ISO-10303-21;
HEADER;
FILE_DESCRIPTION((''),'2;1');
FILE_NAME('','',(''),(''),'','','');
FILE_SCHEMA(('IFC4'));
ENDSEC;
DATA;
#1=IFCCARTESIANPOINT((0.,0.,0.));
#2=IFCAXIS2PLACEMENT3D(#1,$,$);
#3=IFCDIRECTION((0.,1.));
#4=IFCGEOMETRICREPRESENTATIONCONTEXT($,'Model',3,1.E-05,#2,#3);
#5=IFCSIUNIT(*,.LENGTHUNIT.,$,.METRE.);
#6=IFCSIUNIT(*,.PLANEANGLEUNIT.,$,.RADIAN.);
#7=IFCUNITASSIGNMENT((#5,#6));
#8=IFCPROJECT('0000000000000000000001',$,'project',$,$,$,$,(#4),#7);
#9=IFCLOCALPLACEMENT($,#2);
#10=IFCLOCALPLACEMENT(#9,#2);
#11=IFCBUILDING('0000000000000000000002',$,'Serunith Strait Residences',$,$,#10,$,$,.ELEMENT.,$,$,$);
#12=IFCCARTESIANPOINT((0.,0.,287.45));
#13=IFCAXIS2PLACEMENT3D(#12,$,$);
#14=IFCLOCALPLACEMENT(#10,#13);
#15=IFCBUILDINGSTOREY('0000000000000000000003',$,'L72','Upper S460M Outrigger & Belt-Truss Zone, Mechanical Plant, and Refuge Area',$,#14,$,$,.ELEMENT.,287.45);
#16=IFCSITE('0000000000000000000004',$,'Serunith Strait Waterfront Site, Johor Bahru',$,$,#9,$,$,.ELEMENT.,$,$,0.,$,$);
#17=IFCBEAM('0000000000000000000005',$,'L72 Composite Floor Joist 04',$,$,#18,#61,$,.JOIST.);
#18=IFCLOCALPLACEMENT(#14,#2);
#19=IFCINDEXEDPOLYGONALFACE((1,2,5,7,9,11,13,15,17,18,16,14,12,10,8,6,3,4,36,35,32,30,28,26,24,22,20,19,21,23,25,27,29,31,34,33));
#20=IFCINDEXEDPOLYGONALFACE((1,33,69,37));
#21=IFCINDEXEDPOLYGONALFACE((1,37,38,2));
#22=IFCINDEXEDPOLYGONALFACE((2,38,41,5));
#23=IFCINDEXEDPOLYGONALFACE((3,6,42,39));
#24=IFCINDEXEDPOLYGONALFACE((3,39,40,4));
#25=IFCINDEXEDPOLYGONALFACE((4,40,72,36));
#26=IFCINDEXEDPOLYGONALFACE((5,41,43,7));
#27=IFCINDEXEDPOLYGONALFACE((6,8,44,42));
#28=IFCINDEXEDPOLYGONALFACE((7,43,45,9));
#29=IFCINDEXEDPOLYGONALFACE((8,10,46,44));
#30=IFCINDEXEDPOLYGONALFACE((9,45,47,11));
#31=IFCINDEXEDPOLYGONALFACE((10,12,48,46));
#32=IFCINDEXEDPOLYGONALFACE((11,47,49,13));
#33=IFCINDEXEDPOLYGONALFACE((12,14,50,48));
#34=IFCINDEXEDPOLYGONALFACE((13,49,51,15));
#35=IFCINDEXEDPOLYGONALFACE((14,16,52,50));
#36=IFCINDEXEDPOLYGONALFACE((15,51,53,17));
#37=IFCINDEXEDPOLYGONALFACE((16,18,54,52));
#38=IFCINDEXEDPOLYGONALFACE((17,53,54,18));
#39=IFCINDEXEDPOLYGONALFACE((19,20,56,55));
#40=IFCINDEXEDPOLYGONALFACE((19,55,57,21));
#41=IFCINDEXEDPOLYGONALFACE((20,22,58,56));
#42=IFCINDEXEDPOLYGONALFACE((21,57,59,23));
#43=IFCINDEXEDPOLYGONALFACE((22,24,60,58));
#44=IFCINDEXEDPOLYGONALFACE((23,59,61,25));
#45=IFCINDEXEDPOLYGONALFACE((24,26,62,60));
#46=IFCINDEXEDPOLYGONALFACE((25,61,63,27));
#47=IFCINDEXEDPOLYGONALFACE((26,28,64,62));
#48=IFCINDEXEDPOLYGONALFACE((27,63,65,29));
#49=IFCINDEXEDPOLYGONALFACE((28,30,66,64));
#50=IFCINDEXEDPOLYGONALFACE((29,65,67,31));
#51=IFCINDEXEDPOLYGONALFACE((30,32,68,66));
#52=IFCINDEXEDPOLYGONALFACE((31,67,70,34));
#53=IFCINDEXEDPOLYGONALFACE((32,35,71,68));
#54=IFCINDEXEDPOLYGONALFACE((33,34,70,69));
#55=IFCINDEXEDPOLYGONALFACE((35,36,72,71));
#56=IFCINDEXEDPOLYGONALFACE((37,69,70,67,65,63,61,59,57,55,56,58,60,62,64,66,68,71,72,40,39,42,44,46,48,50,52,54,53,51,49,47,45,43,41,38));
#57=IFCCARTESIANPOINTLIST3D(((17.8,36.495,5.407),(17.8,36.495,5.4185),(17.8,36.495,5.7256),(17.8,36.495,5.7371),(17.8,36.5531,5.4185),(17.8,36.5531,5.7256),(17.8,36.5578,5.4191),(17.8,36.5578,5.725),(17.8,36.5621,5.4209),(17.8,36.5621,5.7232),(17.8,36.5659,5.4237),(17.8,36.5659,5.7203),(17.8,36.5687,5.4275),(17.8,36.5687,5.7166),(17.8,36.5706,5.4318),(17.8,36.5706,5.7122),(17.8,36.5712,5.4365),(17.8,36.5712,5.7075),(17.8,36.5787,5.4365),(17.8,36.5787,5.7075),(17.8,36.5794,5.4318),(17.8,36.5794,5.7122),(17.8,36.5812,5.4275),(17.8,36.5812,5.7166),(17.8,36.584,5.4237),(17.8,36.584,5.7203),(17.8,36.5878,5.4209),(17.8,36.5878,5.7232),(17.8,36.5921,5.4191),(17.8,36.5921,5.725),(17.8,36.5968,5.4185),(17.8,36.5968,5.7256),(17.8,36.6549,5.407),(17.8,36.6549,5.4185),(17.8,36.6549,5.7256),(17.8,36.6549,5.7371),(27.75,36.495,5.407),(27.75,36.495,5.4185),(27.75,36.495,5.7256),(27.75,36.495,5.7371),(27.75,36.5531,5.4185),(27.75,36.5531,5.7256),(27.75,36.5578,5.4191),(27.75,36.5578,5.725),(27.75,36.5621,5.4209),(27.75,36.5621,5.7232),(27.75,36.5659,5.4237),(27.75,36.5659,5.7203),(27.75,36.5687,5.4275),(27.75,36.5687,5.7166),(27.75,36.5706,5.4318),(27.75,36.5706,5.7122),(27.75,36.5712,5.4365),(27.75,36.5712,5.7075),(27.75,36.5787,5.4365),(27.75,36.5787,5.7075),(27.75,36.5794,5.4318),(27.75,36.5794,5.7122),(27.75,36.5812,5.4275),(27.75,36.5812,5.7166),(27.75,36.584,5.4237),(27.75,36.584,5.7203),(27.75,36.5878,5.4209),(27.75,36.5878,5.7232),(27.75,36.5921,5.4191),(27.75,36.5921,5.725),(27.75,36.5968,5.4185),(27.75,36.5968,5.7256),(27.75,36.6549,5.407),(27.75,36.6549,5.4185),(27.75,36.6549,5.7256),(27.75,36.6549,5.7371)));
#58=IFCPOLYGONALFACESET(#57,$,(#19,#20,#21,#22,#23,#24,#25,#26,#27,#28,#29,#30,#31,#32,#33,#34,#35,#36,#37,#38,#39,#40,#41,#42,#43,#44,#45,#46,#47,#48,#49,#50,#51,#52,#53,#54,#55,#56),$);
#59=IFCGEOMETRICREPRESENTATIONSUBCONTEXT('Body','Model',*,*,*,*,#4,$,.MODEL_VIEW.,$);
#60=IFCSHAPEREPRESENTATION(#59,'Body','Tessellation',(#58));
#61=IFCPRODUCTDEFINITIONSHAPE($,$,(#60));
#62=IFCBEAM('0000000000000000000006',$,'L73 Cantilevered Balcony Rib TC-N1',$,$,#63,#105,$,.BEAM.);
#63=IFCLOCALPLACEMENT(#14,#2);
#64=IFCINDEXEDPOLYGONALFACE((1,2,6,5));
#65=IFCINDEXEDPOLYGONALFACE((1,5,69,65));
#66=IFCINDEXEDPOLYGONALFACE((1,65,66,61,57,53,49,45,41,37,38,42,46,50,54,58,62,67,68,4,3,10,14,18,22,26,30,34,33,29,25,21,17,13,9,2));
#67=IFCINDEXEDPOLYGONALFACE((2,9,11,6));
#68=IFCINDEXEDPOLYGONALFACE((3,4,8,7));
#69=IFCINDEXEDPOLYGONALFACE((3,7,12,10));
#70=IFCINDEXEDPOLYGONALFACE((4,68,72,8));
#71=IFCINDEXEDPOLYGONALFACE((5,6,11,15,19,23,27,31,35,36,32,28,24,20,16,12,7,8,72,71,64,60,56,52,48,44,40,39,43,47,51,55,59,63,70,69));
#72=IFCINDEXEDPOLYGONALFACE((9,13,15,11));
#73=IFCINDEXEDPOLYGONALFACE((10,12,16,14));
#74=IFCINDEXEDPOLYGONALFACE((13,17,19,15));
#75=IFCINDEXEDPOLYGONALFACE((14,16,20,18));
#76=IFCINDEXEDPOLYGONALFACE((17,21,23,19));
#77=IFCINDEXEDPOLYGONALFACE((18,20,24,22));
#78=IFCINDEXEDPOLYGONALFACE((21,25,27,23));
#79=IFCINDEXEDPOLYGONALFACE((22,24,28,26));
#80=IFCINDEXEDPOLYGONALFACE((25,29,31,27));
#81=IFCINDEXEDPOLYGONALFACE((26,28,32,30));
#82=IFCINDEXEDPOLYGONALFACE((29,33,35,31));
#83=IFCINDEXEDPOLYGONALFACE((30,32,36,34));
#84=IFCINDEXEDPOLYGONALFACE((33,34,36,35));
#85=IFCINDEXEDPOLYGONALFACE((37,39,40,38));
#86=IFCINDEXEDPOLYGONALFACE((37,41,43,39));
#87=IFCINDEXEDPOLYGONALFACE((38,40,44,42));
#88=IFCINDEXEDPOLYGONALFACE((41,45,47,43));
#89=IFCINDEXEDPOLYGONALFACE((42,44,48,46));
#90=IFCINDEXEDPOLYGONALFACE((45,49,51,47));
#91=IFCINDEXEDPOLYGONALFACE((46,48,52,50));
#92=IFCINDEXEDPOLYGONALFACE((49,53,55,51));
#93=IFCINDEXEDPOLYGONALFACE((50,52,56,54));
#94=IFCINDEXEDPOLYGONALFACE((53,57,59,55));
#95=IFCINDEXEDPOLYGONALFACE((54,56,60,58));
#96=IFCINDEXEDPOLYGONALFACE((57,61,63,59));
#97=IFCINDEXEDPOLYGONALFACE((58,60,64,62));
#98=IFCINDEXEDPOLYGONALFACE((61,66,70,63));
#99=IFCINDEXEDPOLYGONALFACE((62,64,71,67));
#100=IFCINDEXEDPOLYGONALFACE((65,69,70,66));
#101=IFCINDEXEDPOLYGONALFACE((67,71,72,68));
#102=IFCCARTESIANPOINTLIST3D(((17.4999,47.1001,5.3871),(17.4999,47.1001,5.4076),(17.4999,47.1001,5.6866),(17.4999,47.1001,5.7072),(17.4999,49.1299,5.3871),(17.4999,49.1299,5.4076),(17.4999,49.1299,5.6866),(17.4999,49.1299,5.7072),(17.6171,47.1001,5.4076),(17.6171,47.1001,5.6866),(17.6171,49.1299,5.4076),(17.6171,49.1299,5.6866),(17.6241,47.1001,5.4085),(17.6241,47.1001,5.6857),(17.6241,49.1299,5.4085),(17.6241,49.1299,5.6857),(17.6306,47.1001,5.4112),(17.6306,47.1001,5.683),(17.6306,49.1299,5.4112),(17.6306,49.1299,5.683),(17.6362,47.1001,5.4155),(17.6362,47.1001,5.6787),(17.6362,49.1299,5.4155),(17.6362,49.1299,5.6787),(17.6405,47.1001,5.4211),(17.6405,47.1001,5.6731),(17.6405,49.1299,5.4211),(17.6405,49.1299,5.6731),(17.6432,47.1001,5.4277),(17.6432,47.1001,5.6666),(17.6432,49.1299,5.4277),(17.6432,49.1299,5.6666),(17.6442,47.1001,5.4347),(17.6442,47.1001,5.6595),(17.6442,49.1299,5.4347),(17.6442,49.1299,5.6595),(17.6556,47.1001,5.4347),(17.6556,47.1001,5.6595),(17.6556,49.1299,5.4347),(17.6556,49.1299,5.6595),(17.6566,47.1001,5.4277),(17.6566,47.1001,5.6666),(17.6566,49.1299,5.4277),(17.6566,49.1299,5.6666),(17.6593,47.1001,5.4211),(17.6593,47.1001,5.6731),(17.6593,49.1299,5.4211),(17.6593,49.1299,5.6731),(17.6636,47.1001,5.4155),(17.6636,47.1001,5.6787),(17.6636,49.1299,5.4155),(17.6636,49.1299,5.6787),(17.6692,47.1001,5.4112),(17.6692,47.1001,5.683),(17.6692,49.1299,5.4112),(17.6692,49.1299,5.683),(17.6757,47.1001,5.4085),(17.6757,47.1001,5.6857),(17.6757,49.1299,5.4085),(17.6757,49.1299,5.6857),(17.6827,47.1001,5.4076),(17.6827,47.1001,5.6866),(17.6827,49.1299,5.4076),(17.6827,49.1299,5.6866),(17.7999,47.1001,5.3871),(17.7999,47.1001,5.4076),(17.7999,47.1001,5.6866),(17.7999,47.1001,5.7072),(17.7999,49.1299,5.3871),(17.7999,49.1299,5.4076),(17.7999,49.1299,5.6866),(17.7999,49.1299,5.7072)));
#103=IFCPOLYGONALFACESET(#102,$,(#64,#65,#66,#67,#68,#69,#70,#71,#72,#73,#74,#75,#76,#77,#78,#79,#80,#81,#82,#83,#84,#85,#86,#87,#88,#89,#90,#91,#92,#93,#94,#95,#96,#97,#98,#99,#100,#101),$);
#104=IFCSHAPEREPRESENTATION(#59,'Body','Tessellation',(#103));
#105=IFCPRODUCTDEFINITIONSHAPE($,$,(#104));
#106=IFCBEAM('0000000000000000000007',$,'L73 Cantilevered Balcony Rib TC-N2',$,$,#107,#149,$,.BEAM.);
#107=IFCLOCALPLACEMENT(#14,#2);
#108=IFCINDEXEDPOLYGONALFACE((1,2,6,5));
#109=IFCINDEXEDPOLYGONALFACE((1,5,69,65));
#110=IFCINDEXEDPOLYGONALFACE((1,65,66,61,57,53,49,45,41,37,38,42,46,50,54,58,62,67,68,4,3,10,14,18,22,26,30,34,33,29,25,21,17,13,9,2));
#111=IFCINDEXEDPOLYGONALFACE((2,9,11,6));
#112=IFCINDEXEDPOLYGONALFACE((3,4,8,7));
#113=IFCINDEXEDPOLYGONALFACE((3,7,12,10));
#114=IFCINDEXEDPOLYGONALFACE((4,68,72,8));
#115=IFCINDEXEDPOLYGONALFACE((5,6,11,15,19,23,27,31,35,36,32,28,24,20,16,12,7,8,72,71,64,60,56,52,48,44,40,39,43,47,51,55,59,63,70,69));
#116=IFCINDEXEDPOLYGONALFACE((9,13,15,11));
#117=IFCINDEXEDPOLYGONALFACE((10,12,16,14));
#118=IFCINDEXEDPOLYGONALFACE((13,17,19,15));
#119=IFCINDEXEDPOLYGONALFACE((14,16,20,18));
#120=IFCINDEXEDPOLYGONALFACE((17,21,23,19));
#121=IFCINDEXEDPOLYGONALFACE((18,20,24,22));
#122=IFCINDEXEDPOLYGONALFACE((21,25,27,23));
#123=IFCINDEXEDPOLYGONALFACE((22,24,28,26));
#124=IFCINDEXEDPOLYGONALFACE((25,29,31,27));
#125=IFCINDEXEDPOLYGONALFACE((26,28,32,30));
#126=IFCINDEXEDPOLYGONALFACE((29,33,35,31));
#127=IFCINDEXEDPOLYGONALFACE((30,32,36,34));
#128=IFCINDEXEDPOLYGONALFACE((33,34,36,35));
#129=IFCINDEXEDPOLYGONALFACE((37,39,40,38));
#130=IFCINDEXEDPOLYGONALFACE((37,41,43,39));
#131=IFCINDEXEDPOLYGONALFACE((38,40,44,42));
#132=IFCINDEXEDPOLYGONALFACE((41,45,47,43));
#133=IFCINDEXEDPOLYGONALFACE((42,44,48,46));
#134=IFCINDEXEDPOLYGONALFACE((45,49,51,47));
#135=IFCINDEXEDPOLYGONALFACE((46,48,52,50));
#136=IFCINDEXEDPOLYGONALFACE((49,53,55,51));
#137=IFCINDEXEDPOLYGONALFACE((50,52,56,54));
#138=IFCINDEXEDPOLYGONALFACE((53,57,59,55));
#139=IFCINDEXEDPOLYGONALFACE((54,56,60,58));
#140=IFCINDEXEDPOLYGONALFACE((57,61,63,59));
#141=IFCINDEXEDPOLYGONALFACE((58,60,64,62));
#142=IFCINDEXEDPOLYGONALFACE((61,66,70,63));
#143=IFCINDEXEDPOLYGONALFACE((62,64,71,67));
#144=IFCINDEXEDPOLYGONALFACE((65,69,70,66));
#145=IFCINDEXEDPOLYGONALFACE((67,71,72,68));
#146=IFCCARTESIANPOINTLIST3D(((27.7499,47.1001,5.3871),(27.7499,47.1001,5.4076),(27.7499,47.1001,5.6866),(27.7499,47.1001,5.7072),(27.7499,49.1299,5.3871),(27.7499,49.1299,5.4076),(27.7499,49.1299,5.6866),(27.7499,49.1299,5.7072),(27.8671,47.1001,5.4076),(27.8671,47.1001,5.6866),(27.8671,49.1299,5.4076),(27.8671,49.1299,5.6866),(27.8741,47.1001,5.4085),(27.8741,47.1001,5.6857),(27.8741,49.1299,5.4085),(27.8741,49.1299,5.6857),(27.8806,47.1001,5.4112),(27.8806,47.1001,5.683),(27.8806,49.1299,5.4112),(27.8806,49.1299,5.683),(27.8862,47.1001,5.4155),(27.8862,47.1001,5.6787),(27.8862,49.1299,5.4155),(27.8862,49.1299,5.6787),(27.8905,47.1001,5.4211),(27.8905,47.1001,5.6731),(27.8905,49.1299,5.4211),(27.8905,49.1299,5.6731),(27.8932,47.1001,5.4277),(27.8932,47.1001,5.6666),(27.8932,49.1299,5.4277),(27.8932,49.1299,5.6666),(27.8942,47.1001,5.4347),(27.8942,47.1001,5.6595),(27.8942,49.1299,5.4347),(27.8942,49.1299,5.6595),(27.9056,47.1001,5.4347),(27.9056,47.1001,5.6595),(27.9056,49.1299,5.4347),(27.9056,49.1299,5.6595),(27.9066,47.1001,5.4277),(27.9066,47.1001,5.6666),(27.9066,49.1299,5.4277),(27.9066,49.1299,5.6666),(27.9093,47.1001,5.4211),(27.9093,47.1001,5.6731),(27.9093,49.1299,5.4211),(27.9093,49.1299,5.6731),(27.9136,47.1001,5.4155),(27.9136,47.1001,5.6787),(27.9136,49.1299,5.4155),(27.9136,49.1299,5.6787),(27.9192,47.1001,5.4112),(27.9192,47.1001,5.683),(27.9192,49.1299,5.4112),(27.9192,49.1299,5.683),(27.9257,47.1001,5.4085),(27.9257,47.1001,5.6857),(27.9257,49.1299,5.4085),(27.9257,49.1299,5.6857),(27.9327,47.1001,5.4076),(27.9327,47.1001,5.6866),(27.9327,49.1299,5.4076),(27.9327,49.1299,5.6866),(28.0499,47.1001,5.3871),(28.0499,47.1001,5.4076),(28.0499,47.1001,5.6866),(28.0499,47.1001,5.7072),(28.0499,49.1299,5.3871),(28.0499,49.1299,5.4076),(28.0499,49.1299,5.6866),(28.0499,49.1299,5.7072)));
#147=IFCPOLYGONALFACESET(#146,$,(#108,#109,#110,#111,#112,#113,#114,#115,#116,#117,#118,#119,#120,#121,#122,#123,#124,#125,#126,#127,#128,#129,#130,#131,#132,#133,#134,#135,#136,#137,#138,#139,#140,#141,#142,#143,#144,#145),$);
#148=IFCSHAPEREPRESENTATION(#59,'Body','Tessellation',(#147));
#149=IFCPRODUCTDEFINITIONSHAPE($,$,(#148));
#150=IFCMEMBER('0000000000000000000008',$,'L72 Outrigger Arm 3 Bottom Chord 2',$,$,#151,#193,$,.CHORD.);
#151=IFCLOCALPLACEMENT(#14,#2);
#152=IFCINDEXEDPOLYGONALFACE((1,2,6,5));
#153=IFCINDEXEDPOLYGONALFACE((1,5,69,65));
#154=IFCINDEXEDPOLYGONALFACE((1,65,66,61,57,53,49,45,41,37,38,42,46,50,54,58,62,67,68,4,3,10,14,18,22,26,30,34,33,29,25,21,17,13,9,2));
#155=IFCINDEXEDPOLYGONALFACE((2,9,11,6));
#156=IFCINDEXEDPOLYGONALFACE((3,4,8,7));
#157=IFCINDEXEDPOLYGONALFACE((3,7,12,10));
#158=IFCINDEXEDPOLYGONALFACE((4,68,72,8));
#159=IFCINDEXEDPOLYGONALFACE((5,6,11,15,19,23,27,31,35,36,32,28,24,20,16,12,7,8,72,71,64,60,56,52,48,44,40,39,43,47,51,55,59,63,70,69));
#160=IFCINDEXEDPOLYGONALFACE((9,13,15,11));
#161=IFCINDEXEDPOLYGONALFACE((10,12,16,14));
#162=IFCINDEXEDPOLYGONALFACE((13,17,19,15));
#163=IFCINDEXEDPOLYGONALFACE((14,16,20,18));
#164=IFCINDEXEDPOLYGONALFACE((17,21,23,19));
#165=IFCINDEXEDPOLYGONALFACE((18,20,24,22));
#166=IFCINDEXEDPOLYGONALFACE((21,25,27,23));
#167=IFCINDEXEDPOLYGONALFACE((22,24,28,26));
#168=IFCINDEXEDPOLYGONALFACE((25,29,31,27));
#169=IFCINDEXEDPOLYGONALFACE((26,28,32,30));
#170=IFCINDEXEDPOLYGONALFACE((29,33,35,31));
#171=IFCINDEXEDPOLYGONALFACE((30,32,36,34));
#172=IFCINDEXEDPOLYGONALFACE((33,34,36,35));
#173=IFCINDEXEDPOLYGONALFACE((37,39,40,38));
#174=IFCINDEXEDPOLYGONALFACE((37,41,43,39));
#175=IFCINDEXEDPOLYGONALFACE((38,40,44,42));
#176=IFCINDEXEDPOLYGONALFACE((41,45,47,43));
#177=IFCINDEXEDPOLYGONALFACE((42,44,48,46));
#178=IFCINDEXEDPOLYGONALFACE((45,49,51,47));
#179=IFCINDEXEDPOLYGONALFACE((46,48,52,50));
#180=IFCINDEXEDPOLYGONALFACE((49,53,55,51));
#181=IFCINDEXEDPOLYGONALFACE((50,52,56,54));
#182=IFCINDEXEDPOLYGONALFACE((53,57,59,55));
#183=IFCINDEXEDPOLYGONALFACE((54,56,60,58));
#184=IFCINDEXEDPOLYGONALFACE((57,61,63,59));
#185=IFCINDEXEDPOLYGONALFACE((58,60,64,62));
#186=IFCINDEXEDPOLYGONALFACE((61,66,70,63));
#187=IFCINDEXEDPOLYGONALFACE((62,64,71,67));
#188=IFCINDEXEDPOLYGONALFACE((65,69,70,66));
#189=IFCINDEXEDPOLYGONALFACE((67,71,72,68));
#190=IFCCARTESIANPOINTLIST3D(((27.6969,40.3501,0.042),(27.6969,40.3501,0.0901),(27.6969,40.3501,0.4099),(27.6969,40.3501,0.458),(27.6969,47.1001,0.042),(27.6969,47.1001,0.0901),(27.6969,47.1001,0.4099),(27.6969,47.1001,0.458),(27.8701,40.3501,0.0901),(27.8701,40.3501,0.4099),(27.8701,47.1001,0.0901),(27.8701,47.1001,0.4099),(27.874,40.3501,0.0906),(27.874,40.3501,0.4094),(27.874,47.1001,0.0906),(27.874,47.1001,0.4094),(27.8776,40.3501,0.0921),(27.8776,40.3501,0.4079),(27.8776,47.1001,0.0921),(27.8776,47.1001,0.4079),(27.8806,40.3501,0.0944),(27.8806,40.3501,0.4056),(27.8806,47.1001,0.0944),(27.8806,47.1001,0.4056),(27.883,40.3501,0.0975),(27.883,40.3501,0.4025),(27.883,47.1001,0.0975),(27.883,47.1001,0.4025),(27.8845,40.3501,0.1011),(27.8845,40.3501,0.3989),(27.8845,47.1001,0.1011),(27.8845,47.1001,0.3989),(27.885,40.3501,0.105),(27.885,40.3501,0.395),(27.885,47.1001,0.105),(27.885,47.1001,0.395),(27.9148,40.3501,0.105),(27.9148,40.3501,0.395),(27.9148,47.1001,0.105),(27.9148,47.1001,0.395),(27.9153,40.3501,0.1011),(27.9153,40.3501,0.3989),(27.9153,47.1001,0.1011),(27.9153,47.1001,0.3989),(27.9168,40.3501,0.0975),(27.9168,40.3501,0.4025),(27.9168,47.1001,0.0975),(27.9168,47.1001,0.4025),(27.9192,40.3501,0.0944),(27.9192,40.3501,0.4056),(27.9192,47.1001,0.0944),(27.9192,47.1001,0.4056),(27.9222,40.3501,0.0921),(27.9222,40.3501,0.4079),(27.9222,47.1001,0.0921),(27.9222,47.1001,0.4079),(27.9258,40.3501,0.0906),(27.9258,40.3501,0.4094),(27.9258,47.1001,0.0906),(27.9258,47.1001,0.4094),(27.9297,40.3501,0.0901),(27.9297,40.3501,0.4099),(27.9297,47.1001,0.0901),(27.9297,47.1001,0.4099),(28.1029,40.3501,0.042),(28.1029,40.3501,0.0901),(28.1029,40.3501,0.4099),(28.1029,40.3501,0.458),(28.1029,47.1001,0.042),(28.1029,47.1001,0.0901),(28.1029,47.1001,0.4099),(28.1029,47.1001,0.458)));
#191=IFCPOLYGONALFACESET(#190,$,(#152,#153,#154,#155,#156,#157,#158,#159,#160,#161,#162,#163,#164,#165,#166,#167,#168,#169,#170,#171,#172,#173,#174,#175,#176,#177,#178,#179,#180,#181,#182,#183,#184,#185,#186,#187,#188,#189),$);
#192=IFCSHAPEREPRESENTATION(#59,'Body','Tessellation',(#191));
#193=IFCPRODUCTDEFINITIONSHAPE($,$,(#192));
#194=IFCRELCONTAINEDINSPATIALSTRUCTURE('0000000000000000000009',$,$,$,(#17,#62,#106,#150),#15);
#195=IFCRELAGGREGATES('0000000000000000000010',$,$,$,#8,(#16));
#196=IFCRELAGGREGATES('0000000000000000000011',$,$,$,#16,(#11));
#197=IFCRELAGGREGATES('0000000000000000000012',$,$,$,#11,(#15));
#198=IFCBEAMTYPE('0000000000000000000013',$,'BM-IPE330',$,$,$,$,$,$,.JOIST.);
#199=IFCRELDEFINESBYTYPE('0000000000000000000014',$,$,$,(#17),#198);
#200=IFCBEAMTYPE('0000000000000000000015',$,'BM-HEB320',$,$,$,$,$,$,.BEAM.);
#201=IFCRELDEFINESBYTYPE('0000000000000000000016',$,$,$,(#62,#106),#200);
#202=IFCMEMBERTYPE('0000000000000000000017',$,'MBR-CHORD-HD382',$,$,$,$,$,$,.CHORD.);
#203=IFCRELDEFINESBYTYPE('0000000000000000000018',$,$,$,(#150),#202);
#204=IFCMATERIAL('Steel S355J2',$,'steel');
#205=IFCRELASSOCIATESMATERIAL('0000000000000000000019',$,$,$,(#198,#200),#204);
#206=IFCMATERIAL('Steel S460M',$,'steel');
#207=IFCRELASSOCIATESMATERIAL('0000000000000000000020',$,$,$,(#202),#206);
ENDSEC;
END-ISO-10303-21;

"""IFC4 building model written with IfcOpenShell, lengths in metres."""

from ifc_helpers import new_model, si_unit, direction, frame, origin, origin_2d, place, context, subcontext, project, spatial, i_section, extrude, source, transform, mapped, material, material_profile, profile_set, type_object, element, save


model = new_model("IFC4")

# Units and contexts
model_context = context("Model", 3, precision=1e-05, world=origin(), true_north=direction((0.0, 1.0)))
body_context = subcontext(model_context, "Body", "Model", "MODEL_VIEW")
ifc_project = project(units=[si_unit("LENGTHUNIT", "METRE"), si_unit("PLANEANGLEUNIT", "RADIAN")], contexts=[model_context])

# Site, building, storey
site_placement = place(None, origin())
site = spatial("IfcSite", under=ifc_project, at=site_placement, Name="Serunith Strait Waterfront Site, Johor Bahru", CompositionType="ELEMENT", RefElevation=0.0)
building_placement = place(site_placement, origin())
building = spatial("IfcBuilding", under=site, at=building_placement, Name="Serunith Strait Residences", CompositionType="ELEMENT")
storey_placement = place(building_placement, frame((0.0, 0.0, 287.45)))
storey = spatial("IfcBuildingStorey", under=building, at=storey_placement, Name="L72", Description="Upper S460M Outrigger & Belt-Truss Zone, Mechanical Plant, and Refuge Area", CompositionType="ELEMENT", Elevation=287.45)

# Beams
ifc_material_1 = material(Name="Steel S355J2", Category="steel")
ifc_material_profile_1 = material_profile(ifc_material_1, i_section(OverallWidth=0.1599, OverallDepth=0.3301, WebThickness=0.0076, FlangeThickness=0.0115, FilletRadius=0.0181, at=origin_2d()), Name="IPE 330")
ifc_profile_set_1 = profile_set([ifc_material_profile_1], Name="Steel S355J2")
beam_type_1 = type_object("IfcBeamType", Name="BM-IPE330", PredefinedType="JOIST", material=ifc_profile_set_1)
shared_shape_1 = source(origin(), body_context, "Body", "SweptSolid", [
    extrude(i_section(OverallWidth=0.1599, OverallDepth=0.3301, WebThickness=0.0076, FlangeThickness=0.0115, FilletRadius=0.0181, at=origin_2d()), origin(), (0.0, 0.0, 1.0), 9.95),
])
beam_1_placement = place(storey_placement, frame((17.8, 36.575, 5.572), z_axis=(1.0, 0.0, 0.0), x_axis=(0.0, 1.0, 0.0)))
element("IfcBeam", 1, at=beam_1_placement, inside=storey, type_object=beam_type_1, Name="L72 Composite Floor Joist 04", PredefinedType="JOIST", context=body_context, shape_type="MappedRepresentation", body=[
    mapped(shared_shape_1, transform((0.0, 0.0, 0.0), scale=1.0)),
])
ifc_material_profile_2 = material_profile(ifc_material_1, i_section(OverallWidth=0.3, OverallDepth=0.3201, WebThickness=0.0115, FlangeThickness=0.0205, FilletRadius=0.0271, at=origin_2d()), Name="HEB 320")
ifc_profile_set_2 = profile_set([ifc_material_profile_2], Name="Steel S355J2")
beam_type_2 = type_object("IfcBeamType", Name="BM-HEB320", PredefinedType="BEAM", material=ifc_profile_set_2)
shared_shape_2 = source(origin(), body_context, "Body", "SweptSolid", [
    extrude(i_section(OverallWidth=0.3, OverallDepth=0.3201, WebThickness=0.0115, FlangeThickness=0.0205, FilletRadius=0.0271, at=origin_2d()), origin(), (0.0, 0.0, 1.0), 2.0298),
])
for number, where, z_axis, x_axis, name in (
    (2, (17.6499, 47.1001, 5.5471), (0.0, 1.0, 0.0), (-1.0, 0.0, 0.0), "L73 Cantilevered Balcony Rib TC-N1"),
    (3, (27.8999, 47.1001, 5.5471), (0.0, 1.0, 0.0), (-1.0, 0.0, 0.0), "L73 Cantilevered Balcony Rib TC-N2"),
):
    element("IfcBeam", number, at=place(storey_placement, frame(where, z_axis=z_axis, x_axis=x_axis)), inside=storey, type_object=beam_type_2, Name=name, PredefinedType="BEAM", context=body_context, shape_type="MappedRepresentation", body=[
        mapped(shared_shape_2, transform((0.0, 0.0, 0.0), scale=1.0)),
    ])

# Member
ifc_material_2 = material(Name="Steel S460M", Category="steel")
ifc_material_profile_3 = material_profile(ifc_material_2, i_section(OverallWidth=0.406, OverallDepth=0.416, WebThickness=0.0298, FlangeThickness=0.0481, FilletRadius=0.0149, at=origin_2d()), Name="HD 400x382")
ifc_profile_set_3 = profile_set([ifc_material_profile_3], Name="Steel S460M")
member_type_1 = type_object("IfcMemberType", Name="MBR-CHORD-HD382", PredefinedType="CHORD", material=ifc_profile_set_3)
shared_shape_3 = source(origin(), body_context, "Body", "SweptSolid", [
    extrude(i_section(OverallWidth=0.406, OverallDepth=0.416, WebThickness=0.0298, FlangeThickness=0.0481, FilletRadius=0.0149, at=origin_2d()), origin(), (0.0, 0.0, 1.0), 6.75),
])
for number, where, z_axis, x_axis, name in (
    (4, (27.8999, 40.3501, 0.25), (0.0, 1.0, 0.0), (-1.0, 0.0, 0.0), "L72 Outrigger Arm 3 Bottom Chord 2"),
):
    element("IfcMember", number, at=place(storey_placement, frame(where, z_axis=z_axis, x_axis=x_axis)), inside=storey, type_object=member_type_1, Name=name, PredefinedType="CHORD", context=body_context, shape_type="MappedRepresentation", body=[
        mapped(shared_shape_3, transform((0.0, 0.0, 0.0), scale=1.0)),
    ])

save(model, "model.ifc")
